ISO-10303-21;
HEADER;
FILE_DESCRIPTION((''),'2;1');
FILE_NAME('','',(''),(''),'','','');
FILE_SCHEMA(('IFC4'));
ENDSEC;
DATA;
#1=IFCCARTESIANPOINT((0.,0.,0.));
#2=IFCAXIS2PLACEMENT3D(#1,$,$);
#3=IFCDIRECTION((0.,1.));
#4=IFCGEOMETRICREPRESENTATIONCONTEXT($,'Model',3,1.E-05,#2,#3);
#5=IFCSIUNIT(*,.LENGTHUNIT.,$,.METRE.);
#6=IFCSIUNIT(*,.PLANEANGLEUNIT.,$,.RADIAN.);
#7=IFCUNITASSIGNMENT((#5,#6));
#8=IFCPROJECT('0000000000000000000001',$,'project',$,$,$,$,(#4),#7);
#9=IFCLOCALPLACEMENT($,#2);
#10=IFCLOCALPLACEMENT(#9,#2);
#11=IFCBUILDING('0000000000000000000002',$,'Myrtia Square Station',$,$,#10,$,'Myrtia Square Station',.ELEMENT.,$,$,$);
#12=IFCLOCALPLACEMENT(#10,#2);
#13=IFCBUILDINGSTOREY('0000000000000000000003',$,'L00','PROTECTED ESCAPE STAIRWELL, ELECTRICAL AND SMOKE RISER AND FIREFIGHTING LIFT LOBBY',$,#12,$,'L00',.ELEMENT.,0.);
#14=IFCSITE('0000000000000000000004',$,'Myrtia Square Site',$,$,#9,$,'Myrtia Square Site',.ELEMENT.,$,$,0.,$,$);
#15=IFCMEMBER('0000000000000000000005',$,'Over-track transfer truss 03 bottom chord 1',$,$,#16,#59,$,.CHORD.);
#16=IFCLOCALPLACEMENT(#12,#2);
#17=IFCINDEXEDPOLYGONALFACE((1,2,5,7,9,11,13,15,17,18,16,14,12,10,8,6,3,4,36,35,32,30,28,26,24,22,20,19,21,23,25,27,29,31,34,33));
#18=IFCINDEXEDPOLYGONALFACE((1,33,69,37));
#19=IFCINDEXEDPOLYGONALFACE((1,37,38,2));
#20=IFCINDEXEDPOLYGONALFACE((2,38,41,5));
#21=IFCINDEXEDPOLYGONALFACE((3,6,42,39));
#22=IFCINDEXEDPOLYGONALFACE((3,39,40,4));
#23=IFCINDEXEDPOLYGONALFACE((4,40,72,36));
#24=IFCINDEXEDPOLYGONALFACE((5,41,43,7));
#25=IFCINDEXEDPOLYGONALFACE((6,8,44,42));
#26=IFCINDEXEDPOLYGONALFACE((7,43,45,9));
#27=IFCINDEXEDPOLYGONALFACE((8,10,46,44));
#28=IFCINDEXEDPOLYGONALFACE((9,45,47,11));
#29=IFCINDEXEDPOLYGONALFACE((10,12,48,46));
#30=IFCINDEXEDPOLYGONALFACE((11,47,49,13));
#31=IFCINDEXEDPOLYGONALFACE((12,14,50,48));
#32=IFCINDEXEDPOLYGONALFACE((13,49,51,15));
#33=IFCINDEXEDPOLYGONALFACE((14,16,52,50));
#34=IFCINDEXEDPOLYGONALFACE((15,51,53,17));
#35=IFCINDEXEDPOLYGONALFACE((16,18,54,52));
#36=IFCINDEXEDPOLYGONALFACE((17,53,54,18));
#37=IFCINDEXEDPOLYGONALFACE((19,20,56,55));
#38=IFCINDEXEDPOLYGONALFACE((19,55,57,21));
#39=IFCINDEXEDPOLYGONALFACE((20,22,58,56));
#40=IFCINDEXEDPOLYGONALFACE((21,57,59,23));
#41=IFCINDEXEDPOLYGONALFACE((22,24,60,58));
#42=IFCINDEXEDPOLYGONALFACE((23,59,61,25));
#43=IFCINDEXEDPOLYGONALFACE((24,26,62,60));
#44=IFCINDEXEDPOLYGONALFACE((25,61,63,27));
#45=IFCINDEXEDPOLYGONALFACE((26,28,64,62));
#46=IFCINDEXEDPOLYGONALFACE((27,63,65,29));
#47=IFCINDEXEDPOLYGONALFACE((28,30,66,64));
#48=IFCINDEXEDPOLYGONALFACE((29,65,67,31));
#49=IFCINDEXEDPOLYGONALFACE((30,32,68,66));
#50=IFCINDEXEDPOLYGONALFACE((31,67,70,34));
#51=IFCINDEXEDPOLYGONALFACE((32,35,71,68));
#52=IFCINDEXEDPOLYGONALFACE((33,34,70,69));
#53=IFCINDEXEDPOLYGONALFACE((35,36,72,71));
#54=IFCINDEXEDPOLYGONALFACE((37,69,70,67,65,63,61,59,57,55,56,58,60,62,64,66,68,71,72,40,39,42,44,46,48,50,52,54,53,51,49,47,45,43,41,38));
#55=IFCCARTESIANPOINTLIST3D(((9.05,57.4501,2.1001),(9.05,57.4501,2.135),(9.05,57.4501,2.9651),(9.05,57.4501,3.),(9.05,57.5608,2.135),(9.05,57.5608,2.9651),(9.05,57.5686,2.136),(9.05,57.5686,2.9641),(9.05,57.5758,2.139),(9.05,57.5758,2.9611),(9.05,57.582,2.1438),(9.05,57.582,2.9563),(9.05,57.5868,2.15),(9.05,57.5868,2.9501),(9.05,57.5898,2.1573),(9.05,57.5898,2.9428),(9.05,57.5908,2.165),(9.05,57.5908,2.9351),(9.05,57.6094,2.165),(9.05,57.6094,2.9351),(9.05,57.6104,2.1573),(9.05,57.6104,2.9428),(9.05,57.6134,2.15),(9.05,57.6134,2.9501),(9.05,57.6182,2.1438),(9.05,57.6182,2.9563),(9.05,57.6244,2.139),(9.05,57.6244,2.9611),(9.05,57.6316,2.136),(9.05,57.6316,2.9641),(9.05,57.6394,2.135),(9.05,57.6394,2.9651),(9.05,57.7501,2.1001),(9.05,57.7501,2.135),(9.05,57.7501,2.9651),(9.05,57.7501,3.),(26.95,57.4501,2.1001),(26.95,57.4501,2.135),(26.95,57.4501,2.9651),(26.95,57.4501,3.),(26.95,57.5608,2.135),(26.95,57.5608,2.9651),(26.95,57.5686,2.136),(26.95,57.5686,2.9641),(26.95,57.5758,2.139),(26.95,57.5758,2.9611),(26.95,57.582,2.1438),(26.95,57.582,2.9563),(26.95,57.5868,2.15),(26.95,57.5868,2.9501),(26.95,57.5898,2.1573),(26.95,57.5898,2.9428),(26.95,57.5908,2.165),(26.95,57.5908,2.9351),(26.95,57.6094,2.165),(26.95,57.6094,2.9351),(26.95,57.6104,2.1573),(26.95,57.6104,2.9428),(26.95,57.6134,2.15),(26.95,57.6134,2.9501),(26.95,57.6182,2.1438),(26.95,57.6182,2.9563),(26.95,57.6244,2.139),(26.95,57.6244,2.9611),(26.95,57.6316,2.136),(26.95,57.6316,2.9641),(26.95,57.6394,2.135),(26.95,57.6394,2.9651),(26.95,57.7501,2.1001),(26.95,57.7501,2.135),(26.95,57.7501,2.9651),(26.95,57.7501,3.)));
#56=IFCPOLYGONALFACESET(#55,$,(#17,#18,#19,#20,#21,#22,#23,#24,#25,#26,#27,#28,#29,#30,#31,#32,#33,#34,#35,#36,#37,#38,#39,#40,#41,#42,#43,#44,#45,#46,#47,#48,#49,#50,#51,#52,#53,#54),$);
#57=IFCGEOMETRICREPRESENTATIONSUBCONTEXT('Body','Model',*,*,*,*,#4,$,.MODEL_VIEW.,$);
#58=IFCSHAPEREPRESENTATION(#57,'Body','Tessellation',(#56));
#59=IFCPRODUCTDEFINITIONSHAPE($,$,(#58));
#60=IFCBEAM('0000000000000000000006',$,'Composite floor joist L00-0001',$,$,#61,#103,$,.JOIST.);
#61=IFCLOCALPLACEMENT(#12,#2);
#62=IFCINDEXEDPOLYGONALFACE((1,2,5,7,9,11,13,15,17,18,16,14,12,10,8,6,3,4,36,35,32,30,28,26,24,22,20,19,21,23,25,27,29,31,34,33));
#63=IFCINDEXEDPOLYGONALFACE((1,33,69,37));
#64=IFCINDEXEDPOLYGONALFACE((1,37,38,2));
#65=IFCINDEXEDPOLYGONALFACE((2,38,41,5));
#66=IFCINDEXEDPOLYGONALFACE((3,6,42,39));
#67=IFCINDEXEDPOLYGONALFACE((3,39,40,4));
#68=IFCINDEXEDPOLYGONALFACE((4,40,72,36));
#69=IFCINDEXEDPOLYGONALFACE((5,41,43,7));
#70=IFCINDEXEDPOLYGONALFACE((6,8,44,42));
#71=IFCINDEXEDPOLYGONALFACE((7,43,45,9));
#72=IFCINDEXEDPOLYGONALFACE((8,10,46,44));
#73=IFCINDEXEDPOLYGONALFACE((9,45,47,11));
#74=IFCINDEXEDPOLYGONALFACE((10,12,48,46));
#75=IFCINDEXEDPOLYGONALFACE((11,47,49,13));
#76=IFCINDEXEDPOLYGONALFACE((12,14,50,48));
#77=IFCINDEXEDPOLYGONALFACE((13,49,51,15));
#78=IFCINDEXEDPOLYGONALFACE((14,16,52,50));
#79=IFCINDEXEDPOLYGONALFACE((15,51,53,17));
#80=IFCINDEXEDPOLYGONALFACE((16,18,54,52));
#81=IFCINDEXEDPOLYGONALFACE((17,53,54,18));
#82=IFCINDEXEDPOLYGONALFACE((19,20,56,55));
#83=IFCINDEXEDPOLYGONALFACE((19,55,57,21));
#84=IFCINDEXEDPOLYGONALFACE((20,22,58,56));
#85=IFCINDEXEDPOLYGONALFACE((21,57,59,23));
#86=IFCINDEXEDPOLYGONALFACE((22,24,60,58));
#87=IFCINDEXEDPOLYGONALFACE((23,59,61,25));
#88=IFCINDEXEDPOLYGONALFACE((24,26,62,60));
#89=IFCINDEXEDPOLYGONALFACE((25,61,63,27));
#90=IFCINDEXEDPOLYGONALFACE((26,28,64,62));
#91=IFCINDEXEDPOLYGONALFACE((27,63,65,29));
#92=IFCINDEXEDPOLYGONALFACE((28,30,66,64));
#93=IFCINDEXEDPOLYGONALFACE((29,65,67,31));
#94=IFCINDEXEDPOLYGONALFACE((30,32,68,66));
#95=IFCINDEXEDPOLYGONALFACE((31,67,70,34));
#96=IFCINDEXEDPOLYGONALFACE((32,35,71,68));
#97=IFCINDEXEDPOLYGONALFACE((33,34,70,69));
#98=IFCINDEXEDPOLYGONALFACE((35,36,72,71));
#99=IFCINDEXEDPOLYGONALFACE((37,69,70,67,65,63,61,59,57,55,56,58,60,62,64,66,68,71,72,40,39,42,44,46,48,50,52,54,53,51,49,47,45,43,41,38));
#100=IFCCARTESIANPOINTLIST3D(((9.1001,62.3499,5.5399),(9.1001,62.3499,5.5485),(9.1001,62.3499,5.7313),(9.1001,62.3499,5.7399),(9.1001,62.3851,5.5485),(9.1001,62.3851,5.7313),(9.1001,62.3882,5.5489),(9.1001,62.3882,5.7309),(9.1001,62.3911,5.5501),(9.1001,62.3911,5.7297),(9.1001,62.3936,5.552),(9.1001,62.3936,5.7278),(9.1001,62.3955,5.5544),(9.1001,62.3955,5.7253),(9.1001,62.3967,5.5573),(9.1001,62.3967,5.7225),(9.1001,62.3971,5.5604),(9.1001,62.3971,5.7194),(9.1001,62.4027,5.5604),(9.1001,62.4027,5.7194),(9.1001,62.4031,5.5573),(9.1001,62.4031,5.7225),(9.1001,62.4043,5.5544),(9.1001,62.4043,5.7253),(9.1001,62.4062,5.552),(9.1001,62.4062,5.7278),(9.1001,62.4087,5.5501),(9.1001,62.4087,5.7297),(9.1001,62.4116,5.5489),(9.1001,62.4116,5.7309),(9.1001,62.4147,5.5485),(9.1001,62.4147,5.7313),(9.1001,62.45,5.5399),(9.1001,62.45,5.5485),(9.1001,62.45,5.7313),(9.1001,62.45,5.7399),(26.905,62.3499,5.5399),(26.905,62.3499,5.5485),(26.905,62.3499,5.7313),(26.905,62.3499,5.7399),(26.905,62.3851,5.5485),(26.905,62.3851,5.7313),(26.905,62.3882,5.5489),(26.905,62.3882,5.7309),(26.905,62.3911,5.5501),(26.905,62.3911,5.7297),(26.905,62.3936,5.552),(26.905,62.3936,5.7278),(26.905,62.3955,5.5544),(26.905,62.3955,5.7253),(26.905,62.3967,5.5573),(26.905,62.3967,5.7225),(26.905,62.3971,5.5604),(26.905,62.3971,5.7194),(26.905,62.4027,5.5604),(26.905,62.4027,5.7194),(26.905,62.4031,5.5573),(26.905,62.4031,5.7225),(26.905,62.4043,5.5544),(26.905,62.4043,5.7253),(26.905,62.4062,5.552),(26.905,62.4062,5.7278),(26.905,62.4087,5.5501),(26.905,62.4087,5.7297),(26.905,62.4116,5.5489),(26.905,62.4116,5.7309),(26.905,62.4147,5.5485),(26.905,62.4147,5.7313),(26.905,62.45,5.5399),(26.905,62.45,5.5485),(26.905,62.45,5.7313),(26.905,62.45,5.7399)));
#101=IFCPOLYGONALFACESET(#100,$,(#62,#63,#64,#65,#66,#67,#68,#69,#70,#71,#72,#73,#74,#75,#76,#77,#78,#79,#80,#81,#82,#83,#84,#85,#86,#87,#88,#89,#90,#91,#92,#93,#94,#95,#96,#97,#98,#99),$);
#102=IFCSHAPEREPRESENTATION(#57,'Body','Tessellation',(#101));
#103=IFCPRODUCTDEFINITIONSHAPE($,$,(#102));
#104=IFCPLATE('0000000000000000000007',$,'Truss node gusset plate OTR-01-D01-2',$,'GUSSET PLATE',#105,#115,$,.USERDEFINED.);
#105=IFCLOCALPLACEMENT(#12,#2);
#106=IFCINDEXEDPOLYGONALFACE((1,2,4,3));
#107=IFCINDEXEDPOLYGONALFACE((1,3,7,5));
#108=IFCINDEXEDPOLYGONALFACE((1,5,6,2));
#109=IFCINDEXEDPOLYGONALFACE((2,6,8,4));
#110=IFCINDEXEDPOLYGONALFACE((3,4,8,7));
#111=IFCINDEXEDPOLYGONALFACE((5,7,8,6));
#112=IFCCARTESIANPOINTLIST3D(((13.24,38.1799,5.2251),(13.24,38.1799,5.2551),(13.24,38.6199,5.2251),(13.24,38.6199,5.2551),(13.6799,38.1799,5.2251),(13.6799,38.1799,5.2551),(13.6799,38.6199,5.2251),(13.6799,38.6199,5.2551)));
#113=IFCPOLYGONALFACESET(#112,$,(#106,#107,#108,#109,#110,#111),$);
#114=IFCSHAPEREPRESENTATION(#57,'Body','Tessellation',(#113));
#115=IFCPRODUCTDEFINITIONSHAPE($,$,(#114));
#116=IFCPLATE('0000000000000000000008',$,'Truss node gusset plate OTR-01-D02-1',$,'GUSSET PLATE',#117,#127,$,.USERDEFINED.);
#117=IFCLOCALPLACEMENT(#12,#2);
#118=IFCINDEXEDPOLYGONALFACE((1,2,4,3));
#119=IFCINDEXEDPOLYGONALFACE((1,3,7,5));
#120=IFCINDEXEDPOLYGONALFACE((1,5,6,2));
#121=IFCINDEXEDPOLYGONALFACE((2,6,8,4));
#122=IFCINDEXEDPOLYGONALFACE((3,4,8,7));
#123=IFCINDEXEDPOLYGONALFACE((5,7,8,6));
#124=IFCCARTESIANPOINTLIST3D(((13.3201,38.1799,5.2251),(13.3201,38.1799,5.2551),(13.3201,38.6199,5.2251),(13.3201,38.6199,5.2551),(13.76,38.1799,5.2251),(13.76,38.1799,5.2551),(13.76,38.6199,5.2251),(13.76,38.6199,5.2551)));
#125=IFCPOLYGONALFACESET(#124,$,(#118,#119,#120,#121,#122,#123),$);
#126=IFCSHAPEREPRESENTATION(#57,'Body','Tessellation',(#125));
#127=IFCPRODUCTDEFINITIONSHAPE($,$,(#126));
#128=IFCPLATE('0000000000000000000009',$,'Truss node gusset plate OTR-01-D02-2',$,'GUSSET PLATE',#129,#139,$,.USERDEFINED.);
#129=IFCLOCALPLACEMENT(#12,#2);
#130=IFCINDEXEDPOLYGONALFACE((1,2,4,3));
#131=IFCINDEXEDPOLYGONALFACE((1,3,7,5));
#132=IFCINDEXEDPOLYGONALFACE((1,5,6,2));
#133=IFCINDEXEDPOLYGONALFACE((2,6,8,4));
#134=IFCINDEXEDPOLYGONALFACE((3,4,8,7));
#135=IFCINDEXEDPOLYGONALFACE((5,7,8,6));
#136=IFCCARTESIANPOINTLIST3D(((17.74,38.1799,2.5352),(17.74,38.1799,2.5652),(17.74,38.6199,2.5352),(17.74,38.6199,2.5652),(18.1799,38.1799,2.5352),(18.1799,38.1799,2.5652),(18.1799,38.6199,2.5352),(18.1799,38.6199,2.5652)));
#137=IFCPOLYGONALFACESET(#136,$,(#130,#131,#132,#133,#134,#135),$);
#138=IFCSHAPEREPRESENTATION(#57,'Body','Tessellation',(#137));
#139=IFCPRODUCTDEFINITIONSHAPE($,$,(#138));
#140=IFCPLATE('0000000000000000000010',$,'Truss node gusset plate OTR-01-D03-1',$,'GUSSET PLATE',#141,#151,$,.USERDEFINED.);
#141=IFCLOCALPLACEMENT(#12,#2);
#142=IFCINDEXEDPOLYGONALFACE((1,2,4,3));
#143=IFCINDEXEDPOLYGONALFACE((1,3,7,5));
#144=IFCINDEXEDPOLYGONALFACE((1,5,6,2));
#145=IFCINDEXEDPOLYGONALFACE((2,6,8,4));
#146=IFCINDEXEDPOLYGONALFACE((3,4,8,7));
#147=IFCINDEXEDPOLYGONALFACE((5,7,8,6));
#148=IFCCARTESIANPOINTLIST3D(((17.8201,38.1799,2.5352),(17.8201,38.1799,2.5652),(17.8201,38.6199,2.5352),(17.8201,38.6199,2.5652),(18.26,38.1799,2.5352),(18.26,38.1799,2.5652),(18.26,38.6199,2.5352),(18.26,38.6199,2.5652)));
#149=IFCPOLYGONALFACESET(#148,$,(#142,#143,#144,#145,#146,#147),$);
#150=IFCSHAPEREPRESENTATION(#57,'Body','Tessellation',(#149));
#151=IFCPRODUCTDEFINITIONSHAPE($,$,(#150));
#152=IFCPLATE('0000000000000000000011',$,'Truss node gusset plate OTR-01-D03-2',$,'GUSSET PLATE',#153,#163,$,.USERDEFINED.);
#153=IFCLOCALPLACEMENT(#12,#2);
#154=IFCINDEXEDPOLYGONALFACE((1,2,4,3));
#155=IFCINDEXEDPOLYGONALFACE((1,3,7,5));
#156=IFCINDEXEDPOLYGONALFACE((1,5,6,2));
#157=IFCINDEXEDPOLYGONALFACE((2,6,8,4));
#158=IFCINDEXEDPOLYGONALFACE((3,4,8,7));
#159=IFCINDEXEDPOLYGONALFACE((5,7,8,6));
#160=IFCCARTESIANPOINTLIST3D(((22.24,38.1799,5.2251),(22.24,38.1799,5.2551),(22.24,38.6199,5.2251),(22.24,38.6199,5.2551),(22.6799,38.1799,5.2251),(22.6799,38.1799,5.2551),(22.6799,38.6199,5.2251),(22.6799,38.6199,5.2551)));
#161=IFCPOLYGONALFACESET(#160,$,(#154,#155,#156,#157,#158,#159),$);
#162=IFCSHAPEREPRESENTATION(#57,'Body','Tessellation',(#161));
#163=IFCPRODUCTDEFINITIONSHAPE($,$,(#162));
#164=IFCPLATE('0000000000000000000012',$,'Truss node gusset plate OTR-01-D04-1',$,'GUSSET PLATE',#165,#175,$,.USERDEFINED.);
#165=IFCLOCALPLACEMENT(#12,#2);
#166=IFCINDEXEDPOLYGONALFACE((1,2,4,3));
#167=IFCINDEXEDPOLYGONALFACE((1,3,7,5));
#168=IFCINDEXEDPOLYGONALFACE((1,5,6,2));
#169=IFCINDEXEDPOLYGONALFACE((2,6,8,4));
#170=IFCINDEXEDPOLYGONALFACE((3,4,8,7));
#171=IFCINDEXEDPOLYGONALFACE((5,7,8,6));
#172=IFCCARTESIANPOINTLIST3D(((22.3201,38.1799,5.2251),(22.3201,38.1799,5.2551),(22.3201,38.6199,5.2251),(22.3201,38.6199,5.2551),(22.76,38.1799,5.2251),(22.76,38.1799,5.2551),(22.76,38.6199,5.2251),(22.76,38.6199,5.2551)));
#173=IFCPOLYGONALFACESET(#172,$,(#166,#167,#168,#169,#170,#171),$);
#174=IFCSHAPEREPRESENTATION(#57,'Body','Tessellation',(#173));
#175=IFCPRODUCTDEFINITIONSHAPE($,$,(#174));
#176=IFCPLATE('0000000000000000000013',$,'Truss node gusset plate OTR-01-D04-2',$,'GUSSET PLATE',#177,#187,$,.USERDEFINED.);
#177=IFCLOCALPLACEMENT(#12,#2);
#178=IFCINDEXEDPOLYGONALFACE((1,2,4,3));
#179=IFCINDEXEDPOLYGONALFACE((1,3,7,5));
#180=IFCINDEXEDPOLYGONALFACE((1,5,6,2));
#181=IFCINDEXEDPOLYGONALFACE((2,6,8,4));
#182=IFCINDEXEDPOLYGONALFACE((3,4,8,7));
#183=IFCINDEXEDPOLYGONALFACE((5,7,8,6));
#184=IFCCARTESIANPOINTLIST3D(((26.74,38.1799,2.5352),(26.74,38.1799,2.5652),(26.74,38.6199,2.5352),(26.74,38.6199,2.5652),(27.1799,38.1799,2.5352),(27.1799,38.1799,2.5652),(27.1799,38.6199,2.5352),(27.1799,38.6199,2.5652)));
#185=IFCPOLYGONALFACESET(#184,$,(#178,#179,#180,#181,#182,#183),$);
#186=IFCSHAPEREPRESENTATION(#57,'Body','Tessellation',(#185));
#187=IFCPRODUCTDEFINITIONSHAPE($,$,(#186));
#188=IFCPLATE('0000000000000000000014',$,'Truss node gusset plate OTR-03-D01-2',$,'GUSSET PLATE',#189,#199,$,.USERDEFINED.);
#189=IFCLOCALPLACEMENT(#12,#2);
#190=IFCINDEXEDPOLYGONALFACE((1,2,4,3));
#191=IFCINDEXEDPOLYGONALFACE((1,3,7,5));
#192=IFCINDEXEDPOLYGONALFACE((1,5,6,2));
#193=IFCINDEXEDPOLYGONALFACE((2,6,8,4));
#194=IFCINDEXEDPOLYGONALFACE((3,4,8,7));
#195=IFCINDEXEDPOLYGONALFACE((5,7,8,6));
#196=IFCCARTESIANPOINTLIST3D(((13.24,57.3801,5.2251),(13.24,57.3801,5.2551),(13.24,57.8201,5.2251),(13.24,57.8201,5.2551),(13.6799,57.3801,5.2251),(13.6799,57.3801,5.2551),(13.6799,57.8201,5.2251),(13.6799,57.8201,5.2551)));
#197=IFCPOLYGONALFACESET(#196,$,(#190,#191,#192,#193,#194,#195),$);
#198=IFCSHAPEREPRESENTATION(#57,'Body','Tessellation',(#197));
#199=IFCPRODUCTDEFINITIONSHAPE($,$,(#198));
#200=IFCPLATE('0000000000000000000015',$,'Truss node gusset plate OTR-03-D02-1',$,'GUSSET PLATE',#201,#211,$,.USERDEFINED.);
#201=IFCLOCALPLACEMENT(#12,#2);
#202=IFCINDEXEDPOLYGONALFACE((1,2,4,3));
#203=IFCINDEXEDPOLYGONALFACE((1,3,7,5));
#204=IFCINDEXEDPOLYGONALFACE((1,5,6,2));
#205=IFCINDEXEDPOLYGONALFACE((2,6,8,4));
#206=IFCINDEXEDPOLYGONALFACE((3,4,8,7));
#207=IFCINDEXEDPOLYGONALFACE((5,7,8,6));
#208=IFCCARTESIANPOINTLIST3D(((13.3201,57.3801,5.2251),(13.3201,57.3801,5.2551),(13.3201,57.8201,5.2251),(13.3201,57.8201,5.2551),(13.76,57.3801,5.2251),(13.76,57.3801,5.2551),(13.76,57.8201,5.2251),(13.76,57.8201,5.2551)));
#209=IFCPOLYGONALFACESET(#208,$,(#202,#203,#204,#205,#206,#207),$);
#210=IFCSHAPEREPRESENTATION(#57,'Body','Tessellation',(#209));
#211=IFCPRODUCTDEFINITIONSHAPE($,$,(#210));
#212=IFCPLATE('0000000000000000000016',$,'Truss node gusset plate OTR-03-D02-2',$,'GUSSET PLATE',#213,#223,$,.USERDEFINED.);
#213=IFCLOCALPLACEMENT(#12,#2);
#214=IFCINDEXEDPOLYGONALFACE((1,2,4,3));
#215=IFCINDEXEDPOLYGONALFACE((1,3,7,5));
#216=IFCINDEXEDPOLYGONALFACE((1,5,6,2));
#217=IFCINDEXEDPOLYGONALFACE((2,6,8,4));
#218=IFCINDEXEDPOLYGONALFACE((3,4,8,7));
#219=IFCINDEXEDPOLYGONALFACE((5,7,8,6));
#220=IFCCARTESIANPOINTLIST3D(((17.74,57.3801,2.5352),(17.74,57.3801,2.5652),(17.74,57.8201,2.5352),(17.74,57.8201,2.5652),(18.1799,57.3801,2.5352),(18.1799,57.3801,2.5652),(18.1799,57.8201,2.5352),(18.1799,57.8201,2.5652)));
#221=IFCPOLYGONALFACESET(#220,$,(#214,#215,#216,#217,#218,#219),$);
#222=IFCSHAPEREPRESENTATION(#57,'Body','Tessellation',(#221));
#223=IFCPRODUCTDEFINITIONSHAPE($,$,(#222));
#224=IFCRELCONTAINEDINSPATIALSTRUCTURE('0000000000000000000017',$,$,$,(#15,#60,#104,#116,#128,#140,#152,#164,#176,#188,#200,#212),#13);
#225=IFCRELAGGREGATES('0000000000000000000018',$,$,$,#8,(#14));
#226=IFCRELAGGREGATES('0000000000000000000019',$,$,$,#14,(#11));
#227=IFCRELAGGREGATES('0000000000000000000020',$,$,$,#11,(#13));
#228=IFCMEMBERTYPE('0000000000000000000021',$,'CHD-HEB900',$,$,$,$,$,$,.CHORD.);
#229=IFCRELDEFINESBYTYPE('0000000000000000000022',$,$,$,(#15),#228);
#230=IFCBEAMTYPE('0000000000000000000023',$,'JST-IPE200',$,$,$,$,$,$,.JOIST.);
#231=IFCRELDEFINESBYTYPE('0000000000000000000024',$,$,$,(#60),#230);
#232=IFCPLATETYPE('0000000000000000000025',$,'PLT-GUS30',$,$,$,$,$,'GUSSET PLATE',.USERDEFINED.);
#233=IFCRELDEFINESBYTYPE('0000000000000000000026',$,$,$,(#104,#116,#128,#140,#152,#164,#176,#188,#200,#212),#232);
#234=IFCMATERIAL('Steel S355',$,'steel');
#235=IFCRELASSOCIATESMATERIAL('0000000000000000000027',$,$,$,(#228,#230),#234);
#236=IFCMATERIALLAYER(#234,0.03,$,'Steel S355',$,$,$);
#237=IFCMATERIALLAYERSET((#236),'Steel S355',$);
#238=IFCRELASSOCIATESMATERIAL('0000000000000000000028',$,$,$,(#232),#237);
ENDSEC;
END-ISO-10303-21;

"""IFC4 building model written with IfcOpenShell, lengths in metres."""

from ifc_helpers import new_model, si_unit, direction, frame, origin, origin_2d, place, context, subcontext, project, spatial, rectangle, i_section, extrude, material, layer, layer_set, material_profile, profile_set, type_object, element, save


model = new_model("IFC4")

# Units and contexts
model_context = context("Model", 3, precision=1e-05, world=origin(), true_north=direction((0.0, 1.0)))
body_context = subcontext(model_context, "Body", "Model", "MODEL_VIEW")
ifc_project = project(units=[si_unit("LENGTHUNIT", "METRE"), si_unit("PLANEANGLEUNIT", "RADIAN")], contexts=[model_context])

# Site, building, storey
site_placement = place(None, origin())
site = spatial("IfcSite", under=ifc_project, at=site_placement, Name="Myrtia Square Site", LongName="Myrtia Square Site", CompositionType="ELEMENT", RefElevation=0.0)
building_placement = place(site_placement, origin())
building = spatial("IfcBuilding", under=site, at=building_placement, Name="Myrtia Square Station", LongName="Myrtia Square Station", CompositionType="ELEMENT")
storey_placement = place(building_placement, origin())
storey = spatial("IfcBuildingStorey", under=building, at=storey_placement, Name="L00", Description="PROTECTED ESCAPE STAIRWELL, ELECTRICAL AND SMOKE RISER AND FIREFIGHTING LIFT LOBBY", LongName="L00", CompositionType="ELEMENT", Elevation=0.0)

# Shared definitions
ifc_material_1 = material(Name="Steel S355", Category="steel")

# Member
ifc_material_profile_1 = material_profile(ifc_material_1, i_section(OverallWidth=0.3, OverallDepth=0.8999, WebThickness=0.0186, FlangeThickness=0.0349, FilletRadius=0.03, at=origin_2d()), Name="HEB 900")
ifc_profile_set_1 = profile_set([ifc_material_profile_1], Name="Steel S355")
member_type_1 = type_object("IfcMemberType", Name="CHD-HEB900", PredefinedType="CHORD", material=ifc_profile_set_1)
member_placement = place(storey_placement, frame((9.05, 57.6001, 2.55), z_axis=(1.0, 0.0, 0.0), x_axis=(0.0, 1.0, 0.0)))
element("IfcMember", 1, at=member_placement, inside=storey, type_object=member_type_1, Name="Over-track transfer truss 03 bottom chord 1", PredefinedType="CHORD", context=body_context, shape_type="SweptSolid", body=[
    extrude(i_section(OverallWidth=0.3, OverallDepth=0.8999, WebThickness=0.0186, FlangeThickness=0.0349, FilletRadius=0.03, at=origin_2d()), origin(), (0.0, 0.0, 1.0), 17.8999),
])

# Beam
ifc_material_profile_2 = material_profile(ifc_material_1, i_section(OverallWidth=0.1001, OverallDepth=0.2, WebThickness=0.0056, FlangeThickness=0.0085, FilletRadius=0.012, at=origin_2d()), Name="IPE 200")
ifc_profile_set_2 = profile_set([ifc_material_profile_2], Name="Steel S355")
beam_type_1 = type_object("IfcBeamType", Name="JST-IPE200", PredefinedType="JOIST", material=ifc_profile_set_2)
beam_placement = place(storey_placement, frame((9.1001, 62.3999, 5.6399), z_axis=(1.0, 0.0, 0.0), x_axis=(0.0, 1.0, 0.0)))
element("IfcBeam", 2, at=beam_placement, inside=storey, type_object=beam_type_1, Name="Composite floor joist L00-0001", PredefinedType="JOIST", context=body_context, shape_type="SweptSolid", body=[
    extrude(i_section(OverallWidth=0.1001, OverallDepth=0.2, WebThickness=0.0056, FlangeThickness=0.0085, FilletRadius=0.012, at=origin_2d()), origin(), (0.0, 0.0, 1.0), 17.8049),
])

# Plates
ifc_layer_1 = layer(ifc_material_1, 0.03, Name="Steel S355")
ifc_layer_set_1 = layer_set([ifc_layer_1], Name="Steel S355")
plate_type = type_object("IfcPlateType", Name="PLT-GUS30", ElementType="GUSSET PLATE", PredefinedType="USERDEFINED", material=ifc_layer_set_1)
for number, where, z_axis, x_axis, name in (
    (3, (13.46, 38.3999, 5.2251), (0.0, 0.0, 1.0), (1.0, 0.0, 0.0), "Truss node gusset plate OTR-01-D01-2"),
    (4, (13.54, 38.3999, 5.2251), (0.0, 0.0, 1.0), (1.0, 0.0, 0.0), "Truss node gusset plate OTR-01-D02-1"),
    (5, (17.96, 38.3999, 2.5352), (0.0, 0.0, 1.0), (1.0, 0.0, 0.0), "Truss node gusset plate OTR-01-D02-2"),
    (6, (18.04, 38.3999, 2.5352), (0.0, 0.0, 1.0), (1.0, 0.0, 0.0), "Truss node gusset plate OTR-01-D03-1"),
    (7, (22.46, 38.3999, 5.2251), (0.0, 0.0, 1.0), (1.0, 0.0, 0.0), "Truss node gusset plate OTR-01-D03-2"),
    (8, (22.54, 38.3999, 5.2251), (0.0, 0.0, 1.0), (1.0, 0.0, 0.0), "Truss node gusset plate OTR-01-D04-1"),
    (9, (26.96, 38.3999, 2.5352), (0.0, 0.0, 1.0), (1.0, 0.0, 0.0), "Truss node gusset plate OTR-01-D04-2"),
    (10, (13.46, 57.6001, 5.2251), (0.0, 0.0, 1.0), (1.0, 0.0, 0.0), "Truss node gusset plate OTR-03-D01-2"),
    (11, (13.54, 57.6001, 5.2251), (0.0, 0.0, 1.0), (1.0, 0.0, 0.0), "Truss node gusset plate OTR-03-D02-1"),
    (12, (17.96, 57.6001, 2.5352), (0.0, 0.0, 1.0), (1.0, 0.0, 0.0), "Truss node gusset plate OTR-03-D02-2"),
):
    element("IfcPlate", number, at=place(storey_placement, frame(where, z_axis=z_axis, x_axis=x_axis)), inside=storey, type_object=plate_type, Name=name, ObjectType="GUSSET PLATE", PredefinedType="USERDEFINED", context=body_context, shape_type="SweptSolid", body=[
        extrude(rectangle(XDim=0.4399, YDim=0.4399, at=origin_2d()), origin(), (0.0, 0.0, 1.0), 0.03),
    ])

save(model, "model.ifc")
